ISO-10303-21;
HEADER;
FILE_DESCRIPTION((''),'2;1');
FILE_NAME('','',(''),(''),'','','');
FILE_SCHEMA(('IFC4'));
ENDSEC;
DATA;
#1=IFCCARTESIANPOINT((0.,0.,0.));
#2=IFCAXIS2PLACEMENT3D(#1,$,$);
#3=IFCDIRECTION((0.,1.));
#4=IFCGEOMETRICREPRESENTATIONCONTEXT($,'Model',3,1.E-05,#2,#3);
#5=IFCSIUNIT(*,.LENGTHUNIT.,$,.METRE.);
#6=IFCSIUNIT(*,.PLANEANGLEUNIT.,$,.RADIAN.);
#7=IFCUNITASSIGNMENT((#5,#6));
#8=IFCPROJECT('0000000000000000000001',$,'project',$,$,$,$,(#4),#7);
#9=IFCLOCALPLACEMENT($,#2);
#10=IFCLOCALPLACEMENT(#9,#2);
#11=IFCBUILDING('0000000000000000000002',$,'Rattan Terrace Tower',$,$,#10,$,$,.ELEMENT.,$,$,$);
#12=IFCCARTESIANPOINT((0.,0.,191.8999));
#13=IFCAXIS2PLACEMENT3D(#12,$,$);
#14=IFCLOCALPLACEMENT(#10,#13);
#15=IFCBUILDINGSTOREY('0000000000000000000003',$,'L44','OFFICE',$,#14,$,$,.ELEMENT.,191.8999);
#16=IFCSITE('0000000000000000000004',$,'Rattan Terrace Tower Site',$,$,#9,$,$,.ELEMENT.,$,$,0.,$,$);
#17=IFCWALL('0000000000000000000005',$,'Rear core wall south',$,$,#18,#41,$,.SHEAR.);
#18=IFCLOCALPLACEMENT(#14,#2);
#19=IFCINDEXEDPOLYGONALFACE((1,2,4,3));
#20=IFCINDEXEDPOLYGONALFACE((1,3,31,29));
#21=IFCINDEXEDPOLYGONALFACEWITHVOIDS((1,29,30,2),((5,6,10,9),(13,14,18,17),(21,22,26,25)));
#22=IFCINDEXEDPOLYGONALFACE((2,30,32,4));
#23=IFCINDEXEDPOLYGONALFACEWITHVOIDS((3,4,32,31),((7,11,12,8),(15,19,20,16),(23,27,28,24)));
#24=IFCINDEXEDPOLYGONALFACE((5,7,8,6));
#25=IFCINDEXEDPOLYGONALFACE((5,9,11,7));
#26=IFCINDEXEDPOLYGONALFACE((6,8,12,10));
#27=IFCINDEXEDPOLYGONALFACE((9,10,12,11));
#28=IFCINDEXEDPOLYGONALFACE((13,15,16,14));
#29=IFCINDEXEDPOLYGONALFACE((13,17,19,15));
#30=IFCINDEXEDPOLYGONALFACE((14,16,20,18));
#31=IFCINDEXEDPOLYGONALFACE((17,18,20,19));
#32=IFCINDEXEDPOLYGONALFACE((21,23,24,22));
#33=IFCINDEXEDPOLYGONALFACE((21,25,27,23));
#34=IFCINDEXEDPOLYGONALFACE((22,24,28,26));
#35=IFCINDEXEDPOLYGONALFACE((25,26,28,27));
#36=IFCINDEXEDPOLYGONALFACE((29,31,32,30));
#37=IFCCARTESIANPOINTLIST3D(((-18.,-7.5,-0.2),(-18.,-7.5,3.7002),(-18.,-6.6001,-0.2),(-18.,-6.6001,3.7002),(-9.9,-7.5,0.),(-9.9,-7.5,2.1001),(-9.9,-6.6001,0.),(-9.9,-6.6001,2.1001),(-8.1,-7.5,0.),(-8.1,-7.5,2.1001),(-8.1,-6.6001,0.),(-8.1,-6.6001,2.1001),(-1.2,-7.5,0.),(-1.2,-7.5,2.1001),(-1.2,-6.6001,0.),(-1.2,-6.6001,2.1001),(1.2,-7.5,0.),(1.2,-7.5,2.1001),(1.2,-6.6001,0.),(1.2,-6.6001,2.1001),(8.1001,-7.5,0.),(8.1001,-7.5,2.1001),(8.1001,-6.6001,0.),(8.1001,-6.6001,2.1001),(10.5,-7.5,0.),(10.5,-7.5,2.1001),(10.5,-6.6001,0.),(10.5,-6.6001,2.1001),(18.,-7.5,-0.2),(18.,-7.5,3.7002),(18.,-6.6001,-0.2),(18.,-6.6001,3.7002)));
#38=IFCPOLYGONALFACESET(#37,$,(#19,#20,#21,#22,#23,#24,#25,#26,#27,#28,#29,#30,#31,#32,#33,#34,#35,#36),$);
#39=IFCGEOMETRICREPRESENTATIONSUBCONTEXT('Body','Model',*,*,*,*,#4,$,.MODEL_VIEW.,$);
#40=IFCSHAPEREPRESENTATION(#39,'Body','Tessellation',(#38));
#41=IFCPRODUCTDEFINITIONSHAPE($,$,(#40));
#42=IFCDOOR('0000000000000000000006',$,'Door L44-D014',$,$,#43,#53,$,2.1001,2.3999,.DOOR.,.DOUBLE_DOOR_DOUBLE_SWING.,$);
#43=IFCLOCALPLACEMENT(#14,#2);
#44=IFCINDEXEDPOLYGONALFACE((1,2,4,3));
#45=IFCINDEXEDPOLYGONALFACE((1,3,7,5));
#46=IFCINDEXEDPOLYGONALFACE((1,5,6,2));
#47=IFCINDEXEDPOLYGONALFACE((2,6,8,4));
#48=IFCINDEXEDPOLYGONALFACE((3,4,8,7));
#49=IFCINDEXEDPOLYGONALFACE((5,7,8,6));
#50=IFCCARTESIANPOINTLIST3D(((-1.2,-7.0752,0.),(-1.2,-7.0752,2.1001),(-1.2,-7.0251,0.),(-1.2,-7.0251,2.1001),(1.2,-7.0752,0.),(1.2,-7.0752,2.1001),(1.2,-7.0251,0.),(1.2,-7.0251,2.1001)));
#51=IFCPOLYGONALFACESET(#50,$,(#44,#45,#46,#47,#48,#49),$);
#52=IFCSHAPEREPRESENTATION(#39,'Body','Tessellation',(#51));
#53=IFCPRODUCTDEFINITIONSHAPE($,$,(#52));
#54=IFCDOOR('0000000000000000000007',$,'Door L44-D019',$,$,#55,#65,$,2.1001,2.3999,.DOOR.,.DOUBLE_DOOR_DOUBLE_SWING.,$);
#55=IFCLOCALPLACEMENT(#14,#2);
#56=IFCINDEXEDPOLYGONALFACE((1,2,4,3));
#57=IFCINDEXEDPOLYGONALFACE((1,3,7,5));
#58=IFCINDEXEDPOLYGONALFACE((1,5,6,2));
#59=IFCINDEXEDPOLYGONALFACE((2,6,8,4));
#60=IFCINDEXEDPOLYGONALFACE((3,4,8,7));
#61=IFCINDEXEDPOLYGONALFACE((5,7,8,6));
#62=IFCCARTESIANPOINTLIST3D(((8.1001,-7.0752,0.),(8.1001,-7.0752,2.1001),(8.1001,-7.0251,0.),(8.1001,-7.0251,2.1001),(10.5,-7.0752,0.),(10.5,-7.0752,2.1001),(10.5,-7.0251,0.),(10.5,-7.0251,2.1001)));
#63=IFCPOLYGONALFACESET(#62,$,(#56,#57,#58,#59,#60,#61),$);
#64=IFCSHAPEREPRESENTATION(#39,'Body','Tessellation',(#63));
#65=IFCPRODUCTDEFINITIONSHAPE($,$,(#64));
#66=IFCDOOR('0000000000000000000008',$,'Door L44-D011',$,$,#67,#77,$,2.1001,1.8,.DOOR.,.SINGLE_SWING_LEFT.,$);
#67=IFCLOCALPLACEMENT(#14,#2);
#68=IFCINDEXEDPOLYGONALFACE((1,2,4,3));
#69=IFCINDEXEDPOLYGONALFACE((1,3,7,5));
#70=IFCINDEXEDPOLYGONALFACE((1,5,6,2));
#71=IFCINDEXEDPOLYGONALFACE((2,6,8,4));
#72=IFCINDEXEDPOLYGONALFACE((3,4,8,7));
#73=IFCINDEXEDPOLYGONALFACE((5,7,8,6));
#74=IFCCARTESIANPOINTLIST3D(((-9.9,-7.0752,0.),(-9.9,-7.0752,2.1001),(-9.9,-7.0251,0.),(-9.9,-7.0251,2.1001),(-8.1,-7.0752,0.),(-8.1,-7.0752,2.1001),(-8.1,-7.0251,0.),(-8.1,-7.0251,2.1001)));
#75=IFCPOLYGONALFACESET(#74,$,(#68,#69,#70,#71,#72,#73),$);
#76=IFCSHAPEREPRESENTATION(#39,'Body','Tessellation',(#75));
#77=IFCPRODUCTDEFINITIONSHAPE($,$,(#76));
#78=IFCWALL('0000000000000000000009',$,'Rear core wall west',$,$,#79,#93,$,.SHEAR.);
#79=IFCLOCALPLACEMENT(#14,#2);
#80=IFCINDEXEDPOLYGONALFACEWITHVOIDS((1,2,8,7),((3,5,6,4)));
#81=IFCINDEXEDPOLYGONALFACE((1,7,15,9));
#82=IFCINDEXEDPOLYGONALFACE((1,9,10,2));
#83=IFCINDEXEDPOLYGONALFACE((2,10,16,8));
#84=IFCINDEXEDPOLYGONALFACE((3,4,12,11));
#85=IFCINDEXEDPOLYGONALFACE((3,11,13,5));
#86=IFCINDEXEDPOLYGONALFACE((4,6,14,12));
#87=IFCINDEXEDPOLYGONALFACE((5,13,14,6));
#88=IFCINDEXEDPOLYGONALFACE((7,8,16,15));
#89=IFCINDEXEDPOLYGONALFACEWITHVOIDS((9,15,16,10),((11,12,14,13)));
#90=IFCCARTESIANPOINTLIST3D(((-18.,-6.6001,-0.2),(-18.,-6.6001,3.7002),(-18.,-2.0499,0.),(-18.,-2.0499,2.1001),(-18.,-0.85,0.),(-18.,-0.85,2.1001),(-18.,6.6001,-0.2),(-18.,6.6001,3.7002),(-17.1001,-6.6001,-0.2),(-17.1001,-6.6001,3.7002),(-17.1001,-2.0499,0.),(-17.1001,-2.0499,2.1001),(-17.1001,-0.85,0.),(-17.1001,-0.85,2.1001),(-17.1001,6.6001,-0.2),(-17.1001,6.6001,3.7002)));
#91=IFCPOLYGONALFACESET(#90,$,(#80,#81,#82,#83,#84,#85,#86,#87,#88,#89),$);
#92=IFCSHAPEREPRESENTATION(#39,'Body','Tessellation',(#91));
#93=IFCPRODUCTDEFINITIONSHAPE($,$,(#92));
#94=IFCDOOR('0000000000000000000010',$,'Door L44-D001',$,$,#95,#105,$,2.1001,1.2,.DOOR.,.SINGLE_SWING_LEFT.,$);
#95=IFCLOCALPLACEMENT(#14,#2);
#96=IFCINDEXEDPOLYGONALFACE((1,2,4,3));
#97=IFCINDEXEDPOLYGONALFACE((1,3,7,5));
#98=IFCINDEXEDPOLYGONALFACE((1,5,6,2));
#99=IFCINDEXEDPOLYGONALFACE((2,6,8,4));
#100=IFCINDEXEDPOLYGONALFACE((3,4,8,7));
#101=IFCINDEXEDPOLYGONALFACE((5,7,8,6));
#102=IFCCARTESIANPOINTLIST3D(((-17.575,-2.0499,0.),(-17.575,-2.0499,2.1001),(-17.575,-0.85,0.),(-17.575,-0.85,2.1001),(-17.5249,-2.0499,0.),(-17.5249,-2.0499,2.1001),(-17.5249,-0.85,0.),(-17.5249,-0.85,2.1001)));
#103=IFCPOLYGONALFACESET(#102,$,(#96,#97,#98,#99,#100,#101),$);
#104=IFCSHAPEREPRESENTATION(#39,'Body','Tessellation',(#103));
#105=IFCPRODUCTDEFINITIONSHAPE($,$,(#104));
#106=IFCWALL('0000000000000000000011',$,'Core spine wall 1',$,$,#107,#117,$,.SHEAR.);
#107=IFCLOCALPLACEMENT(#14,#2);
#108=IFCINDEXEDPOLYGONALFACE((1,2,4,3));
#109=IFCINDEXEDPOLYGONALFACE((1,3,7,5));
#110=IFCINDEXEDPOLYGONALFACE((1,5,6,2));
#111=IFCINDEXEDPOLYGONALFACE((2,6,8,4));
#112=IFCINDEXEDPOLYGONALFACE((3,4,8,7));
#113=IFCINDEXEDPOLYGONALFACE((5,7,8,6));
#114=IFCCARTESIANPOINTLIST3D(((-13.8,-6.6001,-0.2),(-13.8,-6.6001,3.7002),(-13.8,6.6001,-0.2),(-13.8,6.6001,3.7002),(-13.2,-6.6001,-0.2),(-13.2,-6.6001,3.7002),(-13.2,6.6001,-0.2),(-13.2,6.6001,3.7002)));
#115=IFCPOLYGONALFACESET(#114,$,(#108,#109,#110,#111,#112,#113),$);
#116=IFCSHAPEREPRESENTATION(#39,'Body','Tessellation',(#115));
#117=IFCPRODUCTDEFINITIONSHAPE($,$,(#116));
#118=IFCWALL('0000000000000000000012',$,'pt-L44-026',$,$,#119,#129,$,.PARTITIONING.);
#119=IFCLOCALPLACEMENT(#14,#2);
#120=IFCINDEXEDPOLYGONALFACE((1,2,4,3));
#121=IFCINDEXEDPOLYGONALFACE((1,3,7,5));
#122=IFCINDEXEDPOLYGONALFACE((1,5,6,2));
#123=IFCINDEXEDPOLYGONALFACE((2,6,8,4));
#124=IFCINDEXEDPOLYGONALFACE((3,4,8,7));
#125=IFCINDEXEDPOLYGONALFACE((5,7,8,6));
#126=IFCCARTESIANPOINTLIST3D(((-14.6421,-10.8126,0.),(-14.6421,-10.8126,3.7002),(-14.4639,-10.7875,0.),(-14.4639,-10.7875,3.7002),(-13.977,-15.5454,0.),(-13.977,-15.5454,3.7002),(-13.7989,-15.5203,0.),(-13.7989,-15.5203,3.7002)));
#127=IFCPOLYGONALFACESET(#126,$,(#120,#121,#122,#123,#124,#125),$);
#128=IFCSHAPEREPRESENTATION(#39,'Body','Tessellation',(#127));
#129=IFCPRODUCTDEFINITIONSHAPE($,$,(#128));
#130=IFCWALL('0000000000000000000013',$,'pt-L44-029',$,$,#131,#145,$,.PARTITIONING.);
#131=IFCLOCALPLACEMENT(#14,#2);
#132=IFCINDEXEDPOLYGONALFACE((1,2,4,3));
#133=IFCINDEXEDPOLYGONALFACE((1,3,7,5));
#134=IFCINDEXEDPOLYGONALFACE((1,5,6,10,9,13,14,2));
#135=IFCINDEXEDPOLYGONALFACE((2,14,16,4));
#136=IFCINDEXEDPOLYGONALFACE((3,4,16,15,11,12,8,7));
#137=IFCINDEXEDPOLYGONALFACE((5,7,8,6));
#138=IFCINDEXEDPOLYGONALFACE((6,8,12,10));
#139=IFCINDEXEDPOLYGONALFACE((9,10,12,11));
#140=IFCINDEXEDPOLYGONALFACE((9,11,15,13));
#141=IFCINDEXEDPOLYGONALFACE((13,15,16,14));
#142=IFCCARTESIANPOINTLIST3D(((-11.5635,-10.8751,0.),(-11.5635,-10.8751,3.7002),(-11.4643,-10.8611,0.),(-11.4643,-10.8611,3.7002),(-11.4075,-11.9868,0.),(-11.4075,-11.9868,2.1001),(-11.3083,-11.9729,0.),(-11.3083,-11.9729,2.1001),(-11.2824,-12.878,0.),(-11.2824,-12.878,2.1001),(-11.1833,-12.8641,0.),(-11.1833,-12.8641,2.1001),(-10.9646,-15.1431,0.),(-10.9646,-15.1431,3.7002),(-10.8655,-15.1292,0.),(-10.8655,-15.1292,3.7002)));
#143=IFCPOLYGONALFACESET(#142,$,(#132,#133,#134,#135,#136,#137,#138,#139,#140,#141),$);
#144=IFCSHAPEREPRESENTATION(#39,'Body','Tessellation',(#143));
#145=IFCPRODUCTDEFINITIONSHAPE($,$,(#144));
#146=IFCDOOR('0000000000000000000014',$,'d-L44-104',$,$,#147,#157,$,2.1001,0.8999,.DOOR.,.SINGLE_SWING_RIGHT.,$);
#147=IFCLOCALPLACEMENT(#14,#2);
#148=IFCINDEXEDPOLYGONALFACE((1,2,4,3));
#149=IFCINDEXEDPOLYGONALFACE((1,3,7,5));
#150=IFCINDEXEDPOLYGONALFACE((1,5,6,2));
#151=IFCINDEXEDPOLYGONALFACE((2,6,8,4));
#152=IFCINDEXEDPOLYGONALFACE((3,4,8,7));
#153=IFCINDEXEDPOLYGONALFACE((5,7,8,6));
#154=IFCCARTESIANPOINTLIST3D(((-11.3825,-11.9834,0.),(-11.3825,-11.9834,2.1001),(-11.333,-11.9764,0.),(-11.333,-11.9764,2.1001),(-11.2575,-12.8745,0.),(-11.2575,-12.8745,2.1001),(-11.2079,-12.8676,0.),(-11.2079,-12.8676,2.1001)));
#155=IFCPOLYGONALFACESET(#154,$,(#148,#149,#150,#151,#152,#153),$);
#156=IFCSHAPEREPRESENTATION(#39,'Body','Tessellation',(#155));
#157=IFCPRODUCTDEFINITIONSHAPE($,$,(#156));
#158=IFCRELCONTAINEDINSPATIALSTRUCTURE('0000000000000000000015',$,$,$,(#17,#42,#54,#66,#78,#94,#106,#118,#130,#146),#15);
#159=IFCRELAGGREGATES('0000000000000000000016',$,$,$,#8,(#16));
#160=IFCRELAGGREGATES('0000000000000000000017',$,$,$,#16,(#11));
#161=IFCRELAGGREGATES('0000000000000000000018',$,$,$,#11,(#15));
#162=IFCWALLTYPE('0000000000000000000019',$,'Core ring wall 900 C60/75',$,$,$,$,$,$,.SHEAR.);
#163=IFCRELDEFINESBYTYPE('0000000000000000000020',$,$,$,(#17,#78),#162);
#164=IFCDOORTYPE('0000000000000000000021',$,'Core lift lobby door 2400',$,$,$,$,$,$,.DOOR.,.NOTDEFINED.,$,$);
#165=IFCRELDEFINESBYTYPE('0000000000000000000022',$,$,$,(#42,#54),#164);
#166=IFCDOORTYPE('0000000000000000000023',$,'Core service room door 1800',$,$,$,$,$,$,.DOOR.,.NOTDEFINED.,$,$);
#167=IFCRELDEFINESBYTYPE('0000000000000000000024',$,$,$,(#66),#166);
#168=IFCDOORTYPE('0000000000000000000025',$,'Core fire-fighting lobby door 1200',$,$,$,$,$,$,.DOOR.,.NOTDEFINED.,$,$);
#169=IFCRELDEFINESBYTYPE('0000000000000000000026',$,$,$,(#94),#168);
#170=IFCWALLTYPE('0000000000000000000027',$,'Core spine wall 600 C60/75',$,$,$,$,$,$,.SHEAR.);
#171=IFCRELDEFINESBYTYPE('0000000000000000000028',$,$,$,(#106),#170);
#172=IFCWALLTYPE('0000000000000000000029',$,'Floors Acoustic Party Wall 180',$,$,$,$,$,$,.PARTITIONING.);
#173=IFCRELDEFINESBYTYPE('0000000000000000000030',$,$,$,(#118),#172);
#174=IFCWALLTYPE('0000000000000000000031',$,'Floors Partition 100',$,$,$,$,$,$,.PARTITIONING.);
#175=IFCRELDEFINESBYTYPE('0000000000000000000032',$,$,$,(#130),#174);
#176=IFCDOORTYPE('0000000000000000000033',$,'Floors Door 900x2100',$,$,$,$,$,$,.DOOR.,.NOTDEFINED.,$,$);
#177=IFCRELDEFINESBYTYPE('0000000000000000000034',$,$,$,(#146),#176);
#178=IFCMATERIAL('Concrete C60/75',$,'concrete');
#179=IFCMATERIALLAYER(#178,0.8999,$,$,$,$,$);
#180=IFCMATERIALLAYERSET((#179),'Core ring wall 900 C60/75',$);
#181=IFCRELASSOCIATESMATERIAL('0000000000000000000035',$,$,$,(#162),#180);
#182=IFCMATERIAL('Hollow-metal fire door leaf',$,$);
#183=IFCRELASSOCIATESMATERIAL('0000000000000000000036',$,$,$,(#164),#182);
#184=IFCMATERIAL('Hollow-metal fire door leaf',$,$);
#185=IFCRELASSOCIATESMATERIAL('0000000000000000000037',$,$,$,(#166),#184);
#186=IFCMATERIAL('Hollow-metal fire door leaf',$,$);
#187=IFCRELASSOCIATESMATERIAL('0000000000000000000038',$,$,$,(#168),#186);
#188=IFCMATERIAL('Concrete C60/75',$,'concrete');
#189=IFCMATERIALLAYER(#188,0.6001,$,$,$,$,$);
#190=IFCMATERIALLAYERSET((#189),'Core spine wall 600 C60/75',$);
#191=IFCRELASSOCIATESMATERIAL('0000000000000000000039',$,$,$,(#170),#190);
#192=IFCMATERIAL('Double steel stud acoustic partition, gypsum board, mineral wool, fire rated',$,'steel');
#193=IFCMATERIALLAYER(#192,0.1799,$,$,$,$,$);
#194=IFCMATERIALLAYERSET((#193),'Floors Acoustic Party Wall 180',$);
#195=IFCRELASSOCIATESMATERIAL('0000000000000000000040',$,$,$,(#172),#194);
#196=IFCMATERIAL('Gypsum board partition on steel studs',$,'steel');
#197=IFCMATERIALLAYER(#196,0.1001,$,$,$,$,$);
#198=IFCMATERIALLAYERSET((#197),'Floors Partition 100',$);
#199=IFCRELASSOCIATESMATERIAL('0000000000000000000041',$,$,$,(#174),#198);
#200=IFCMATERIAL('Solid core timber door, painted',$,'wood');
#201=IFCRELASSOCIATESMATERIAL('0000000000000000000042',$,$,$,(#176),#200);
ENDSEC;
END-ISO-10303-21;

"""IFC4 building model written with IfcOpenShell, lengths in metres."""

from ifc_helpers import new_model, si_unit, direction, frame, frame_2d, origin, place, context, subcontext, project, spatial, rectangle, extrude, material, layer, layer_set, type_object, element, fill, save


model = new_model("IFC4")

# Units and contexts
model_context = context("Model", 3, precision=1e-05, world=origin(), true_north=direction((0.0, 1.0)))
body_context = subcontext(model_context, "Body", "Model", "MODEL_VIEW")
ifc_project = project(units=[si_unit("LENGTHUNIT", "METRE"), si_unit("PLANEANGLEUNIT", "RADIAN")], contexts=[model_context])

# Site, building, storey
site_placement = place(None, origin())
site = spatial("IfcSite", under=ifc_project, at=site_placement, Name="Rattan Terrace Tower Site", CompositionType="ELEMENT", RefElevation=0.0)
building_placement = place(site_placement, origin())
building = spatial("IfcBuilding", under=site, at=building_placement, Name="Rattan Terrace Tower", CompositionType="ELEMENT")
storey_placement = place(building_placement, frame((0.0, 0.0, 191.8999)))
storey = spatial("IfcBuildingStorey", under=building, at=storey_placement, Name="L44", Description="OFFICE", CompositionType="ELEMENT", Elevation=191.8999)

# Wall, openings, doors
ifc_material_1 = material(Name="Concrete C60/75", Category="concrete")
ifc_layer_1 = layer(ifc_material_1, 0.8999)
ifc_layer_set_1 = layer_set([ifc_layer_1], Name="Core ring wall 900 C60/75")
wall_type_1 = type_object("IfcWallType", Name="Core ring wall 900 C60/75", PredefinedType="SHEAR", material=ifc_layer_set_1)
wall_1_placement = place(storey_placement, frame((-18.0, -7.05, -0.2), z_axis=(0.0, 0.0, 1.0), x_axis=(1.0, 0.0, 0.0)))
wall_1 = element("IfcWall", 1, at=wall_1_placement, inside=storey, type_object=wall_type_1, Name="Rear core wall south", PredefinedType="SHEAR", context=body_context, shape_type="SweptSolid", body=[
    extrude(rectangle(XDim=36.0, YDim=0.8999, at=frame_2d((18.0, 0.0))), origin(), (0.0, 0.0, 1.0), 3.9001),
])
opening_1_placement = place(wall_1_placement, frame((8.1001, 0.0, 0.2)))
opening_1 = element("IfcOpeningElement", 2, at=opening_1_placement, cuts=wall_1, PredefinedType="OPENING", context=body_context, shape_type="SweptSolid", body=[
    extrude(rectangle(XDim=1.8, YDim=2.1001, at=frame_2d((0.8999, 1.05))), frame((0.0, 0.4604, 0.0), z_axis=(0.0, -1.0, 0.0), x_axis=(1.0, 0.0, 0.0)), (0.0, 0.0, 1.0), 0.9209),
])
opening_2_placement = place(wall_1_placement, frame((16.8, 0.0, 0.2)))
opening_2 = element("IfcOpeningElement", 3, at=opening_2_placement, cuts=wall_1, PredefinedType="OPENING", context=body_context, shape_type="SweptSolid", body=[
    extrude(rectangle(XDim=2.3999, YDim=2.1001, at=frame_2d((1.2, 1.05))), frame((0.0, 0.4604, 0.0), z_axis=(0.0, -1.0, 0.0), x_axis=(1.0, 0.0, 0.0)), (0.0, 0.0, 1.0), 0.9209),
])
opening_3_placement = place(wall_1_placement, frame((26.1001, 0.0, 0.2)))
opening_3 = element("IfcOpeningElement", 4, at=opening_3_placement, cuts=wall_1, PredefinedType="OPENING", context=body_context, shape_type="SweptSolid", body=[
    extrude(rectangle(XDim=2.3999, YDim=2.1001, at=frame_2d((1.2, 1.05))), frame((0.0, 0.4604, 0.0), z_axis=(0.0, -1.0, 0.0), x_axis=(1.0, 0.0, 0.0)), (0.0, 0.0, 1.0), 0.9209),
])
ifc_material_2 = material(Name="Hollow-metal fire door leaf")
door_type_1 = type_object("IfcDoorType", Name="Core lift lobby door 2400", OperationType="NOTDEFINED", PredefinedType="DOOR", material=ifc_material_2)
door_1_placement = place(opening_2_placement, origin())
door_1 = element("IfcDoor", 5, at=door_1_placement, inside=storey, type_object=door_type_1, Name="Door L44-D014", OperationType="DOUBLE_DOOR_DOUBLE_SWING", OverallHeight=2.1001, OverallWidth=2.3999, PredefinedType="DOOR", context=body_context, shape_type="SweptSolid", body=[
    extrude(rectangle(XDim=2.3999, YDim=2.1001, at=frame_2d((1.2, 1.05))), frame((0.0, 0.0249, 0.0), z_axis=(0.0, -1.0, 0.0), x_axis=(1.0, 0.0, 0.0)), (0.0, 0.0, 1.0), 0.05),
])
fill(opening_2, door_1)
door_2_placement = place(opening_3_placement, origin())
door_2 = element("IfcDoor", 6, at=door_2_placement, inside=storey, type_object=door_type_1, Name="Door L44-D019", OperationType="DOUBLE_DOOR_DOUBLE_SWING", OverallHeight=2.1001, OverallWidth=2.3999, PredefinedType="DOOR", context=body_context, shape_type="SweptSolid", body=[
    extrude(rectangle(XDim=2.3999, YDim=2.1001, at=frame_2d((1.2, 1.05))), frame((0.0, 0.0249, 0.0), z_axis=(0.0, -1.0, 0.0), x_axis=(1.0, 0.0, 0.0)), (0.0, 0.0, 1.0), 0.05),
])
fill(opening_3, door_2)
ifc_material_3 = material(Name="Hollow-metal fire door leaf")
door_type_2 = type_object("IfcDoorType", Name="Core service room door 1800", OperationType="NOTDEFINED", PredefinedType="DOOR", material=ifc_material_3)
door_3_placement = place(opening_1_placement, origin())
door_3 = element("IfcDoor", 7, at=door_3_placement, inside=storey, type_object=door_type_2, Name="Door L44-D011", OperationType="SINGLE_SWING_LEFT", OverallHeight=2.1001, OverallWidth=1.8, PredefinedType="DOOR", context=body_context, shape_type="SweptSolid", body=[
    extrude(rectangle(XDim=1.8, YDim=2.1001, at=frame_2d((0.8999, 1.05))), frame((0.0, 0.0249, 0.0), z_axis=(0.0, -1.0, 0.0), x_axis=(1.0, 0.0, 0.0)), (0.0, 0.0, 1.0), 0.05),
])
fill(opening_1, door_3)

# Wall, opening, door
wall_2_placement = place(storey_placement, frame((-17.55, -6.6001, -0.2), z_axis=(0.0, 0.0, 1.0), x_axis=(0.0, 1.0, 0.0)))
wall_2 = element("IfcWall", 8, at=wall_2_placement, inside=storey, type_object=wall_type_1, Name="Rear core wall west", PredefinedType="SHEAR", context=body_context, shape_type="SweptSolid", body=[
    extrude(rectangle(XDim=13.2002, YDim=0.8999, at=frame_2d((6.6001, 0.0))), origin(), (0.0, 0.0, 1.0), 3.9001),
])
opening_4_placement = place(wall_2_placement, frame((4.55, 0.0, 0.2)))
opening_4 = element("IfcOpeningElement", 9, at=opening_4_placement, cuts=wall_2, PredefinedType="OPENING", context=body_context, shape_type="SweptSolid", body=[
    extrude(rectangle(XDim=1.2, YDim=2.1001, at=frame_2d((0.6001, 1.05))), frame((0.0, 0.4604, 0.0), z_axis=(0.0, -1.0, 0.0), x_axis=(1.0, 0.0, 0.0)), (0.0, 0.0, 1.0), 0.9209),
])
ifc_material_4 = material(Name="Hollow-metal fire door leaf")
door_type_3 = type_object("IfcDoorType", Name="Core fire-fighting lobby door 1200", OperationType="NOTDEFINED", PredefinedType="DOOR", material=ifc_material_4)
door_4_placement = place(opening_4_placement, origin())
door_4 = element("IfcDoor", 10, at=door_4_placement, inside=storey, type_object=door_type_3, Name="Door L44-D001", OperationType="SINGLE_SWING_LEFT", OverallHeight=2.1001, OverallWidth=1.2, PredefinedType="DOOR", context=body_context, shape_type="SweptSolid", body=[
    extrude(rectangle(XDim=1.2, YDim=2.1001, at=frame_2d((0.6001, 1.05))), frame((0.0, 0.0249, 0.0), z_axis=(0.0, -1.0, 0.0), x_axis=(1.0, 0.0, 0.0)), (0.0, 0.0, 1.0), 0.05),
])
fill(opening_4, door_4)

# Walls
ifc_material_5 = material(Name="Concrete C60/75", Category="concrete")
ifc_layer_2 = layer(ifc_material_5, 0.6001)
ifc_layer_set_2 = layer_set([ifc_layer_2], Name="Core spine wall 600 C60/75")
wall_type_2 = type_object("IfcWallType", Name="Core spine wall 600 C60/75", PredefinedType="SHEAR", material=ifc_layer_set_2)
wall_3_placement = place(storey_placement, frame((-13.5, -6.6001, -0.2), z_axis=(0.0, 0.0, 1.0), x_axis=(0.0, 1.0, 0.0)))
element("IfcWall", 11, at=wall_3_placement, inside=storey, type_object=wall_type_2, Name="Core spine wall 1", PredefinedType="SHEAR", context=body_context, shape_type="SweptSolid", body=[
    extrude(rectangle(XDim=13.2002, YDim=0.6001, at=frame_2d((6.6001, 0.0))), origin(), (0.0, 0.0, 1.0), 3.9001),
])
ifc_material_6 = material(Name="Double steel stud acoustic partition, gypsum board, mineral wool, fire rated", Category="steel")
ifc_layer_3 = layer(ifc_material_6, 0.1799)
ifc_layer_set_3 = layer_set([ifc_layer_3], Name="Floors Acoustic Party Wall 180")
wall_type_3 = type_object("IfcWallType", Name="Floors Acoustic Party Wall 180", PredefinedType="PARTITIONING", material=ifc_layer_set_3)
wall_4_placement = place(storey_placement, frame((-14.553, -10.8, 0.0), z_axis=(0.0, 0.0, 1.0), x_axis=(0.139147, -0.990272, 0.0)))
element("IfcWall", 12, at=wall_4_placement, inside=storey, type_object=wall_type_3, Name="pt-L44-026", PredefinedType="PARTITIONING", context=body_context, shape_type="SweptSolid", body=[
    extrude(rectangle(XDim=4.7793, YDim=0.1799, at=frame_2d((2.3896, 0.0))), origin(), (0.0, 0.0, 1.0), 3.7002),
])

# Wall, opening, door
ifc_material_7 = material(Name="Gypsum board partition on steel studs", Category="steel")
ifc_layer_4 = layer(ifc_material_7, 0.1001)
ifc_layer_set_4 = layer_set([ifc_layer_4], Name="Floors Partition 100")
wall_type_4 = type_object("IfcWallType", Name="Floors Partition 100", PredefinedType="PARTITIONING", material=ifc_layer_set_4)
wall_5_placement = place(storey_placement, frame((-10.915, -15.136, 0.0), z_axis=(0.0, 0.0, 1.0), x_axis=(-0.138955, 0.990299, 0.0)))
wall_5 = element("IfcWall", 13, at=wall_5_placement, inside=storey, type_object=wall_type_4, Name="pt-L44-029", PredefinedType="PARTITIONING", context=body_context, shape_type="SweptSolid", body=[
    extrude(rectangle(XDim=4.3098, YDim=0.1001, at=frame_2d((2.1548, 0.0))), origin(), (0.0, 0.0, 1.0), 3.7002),
])
opening_5_placement = place(wall_5_placement, frame((2.2871, 0.0, 0.0)))
opening_5 = element("IfcOpeningElement", 14, at=opening_5_placement, cuts=wall_5, PredefinedType="OPENING", context=body_context, shape_type="SweptSolid", body=[
    extrude(rectangle(XDim=0.8999, YDim=2.1001, at=frame_2d((0.45, 1.05))), frame((0.0, 0.0605, 0.0), z_axis=(0.0, -1.0, 0.0), x_axis=(1.0, 0.0, 0.0)), (0.0, 0.0, 1.0), 0.1211),
])
ifc_material_8 = material(Name="Solid core timber door, painted", Category="wood")
door_type_4 = type_object("IfcDoorType", Name="Floors Door 900x2100", OperationType="NOTDEFINED", PredefinedType="DOOR", material=ifc_material_8)
door_5_placement = place(opening_5_placement, origin())
door_5 = element("IfcDoor", 15, at=door_5_placement, inside=storey, type_object=door_type_4, Name="d-L44-104", OperationType="SINGLE_SWING_RIGHT", OverallHeight=2.1001, OverallWidth=0.8999, PredefinedType="DOOR", context=body_context, shape_type="SweptSolid", body=[
    extrude(rectangle(XDim=0.8999, YDim=2.1001, at=frame_2d((0.45, 1.05))), frame((0.0, 0.0249, 0.0), z_axis=(0.0, -1.0, 0.0), x_axis=(1.0, 0.0, 0.0)), (0.0, 0.0, 1.0), 0.05),
])
fill(opening_5, door_5)

save(model, "model.ifc")
